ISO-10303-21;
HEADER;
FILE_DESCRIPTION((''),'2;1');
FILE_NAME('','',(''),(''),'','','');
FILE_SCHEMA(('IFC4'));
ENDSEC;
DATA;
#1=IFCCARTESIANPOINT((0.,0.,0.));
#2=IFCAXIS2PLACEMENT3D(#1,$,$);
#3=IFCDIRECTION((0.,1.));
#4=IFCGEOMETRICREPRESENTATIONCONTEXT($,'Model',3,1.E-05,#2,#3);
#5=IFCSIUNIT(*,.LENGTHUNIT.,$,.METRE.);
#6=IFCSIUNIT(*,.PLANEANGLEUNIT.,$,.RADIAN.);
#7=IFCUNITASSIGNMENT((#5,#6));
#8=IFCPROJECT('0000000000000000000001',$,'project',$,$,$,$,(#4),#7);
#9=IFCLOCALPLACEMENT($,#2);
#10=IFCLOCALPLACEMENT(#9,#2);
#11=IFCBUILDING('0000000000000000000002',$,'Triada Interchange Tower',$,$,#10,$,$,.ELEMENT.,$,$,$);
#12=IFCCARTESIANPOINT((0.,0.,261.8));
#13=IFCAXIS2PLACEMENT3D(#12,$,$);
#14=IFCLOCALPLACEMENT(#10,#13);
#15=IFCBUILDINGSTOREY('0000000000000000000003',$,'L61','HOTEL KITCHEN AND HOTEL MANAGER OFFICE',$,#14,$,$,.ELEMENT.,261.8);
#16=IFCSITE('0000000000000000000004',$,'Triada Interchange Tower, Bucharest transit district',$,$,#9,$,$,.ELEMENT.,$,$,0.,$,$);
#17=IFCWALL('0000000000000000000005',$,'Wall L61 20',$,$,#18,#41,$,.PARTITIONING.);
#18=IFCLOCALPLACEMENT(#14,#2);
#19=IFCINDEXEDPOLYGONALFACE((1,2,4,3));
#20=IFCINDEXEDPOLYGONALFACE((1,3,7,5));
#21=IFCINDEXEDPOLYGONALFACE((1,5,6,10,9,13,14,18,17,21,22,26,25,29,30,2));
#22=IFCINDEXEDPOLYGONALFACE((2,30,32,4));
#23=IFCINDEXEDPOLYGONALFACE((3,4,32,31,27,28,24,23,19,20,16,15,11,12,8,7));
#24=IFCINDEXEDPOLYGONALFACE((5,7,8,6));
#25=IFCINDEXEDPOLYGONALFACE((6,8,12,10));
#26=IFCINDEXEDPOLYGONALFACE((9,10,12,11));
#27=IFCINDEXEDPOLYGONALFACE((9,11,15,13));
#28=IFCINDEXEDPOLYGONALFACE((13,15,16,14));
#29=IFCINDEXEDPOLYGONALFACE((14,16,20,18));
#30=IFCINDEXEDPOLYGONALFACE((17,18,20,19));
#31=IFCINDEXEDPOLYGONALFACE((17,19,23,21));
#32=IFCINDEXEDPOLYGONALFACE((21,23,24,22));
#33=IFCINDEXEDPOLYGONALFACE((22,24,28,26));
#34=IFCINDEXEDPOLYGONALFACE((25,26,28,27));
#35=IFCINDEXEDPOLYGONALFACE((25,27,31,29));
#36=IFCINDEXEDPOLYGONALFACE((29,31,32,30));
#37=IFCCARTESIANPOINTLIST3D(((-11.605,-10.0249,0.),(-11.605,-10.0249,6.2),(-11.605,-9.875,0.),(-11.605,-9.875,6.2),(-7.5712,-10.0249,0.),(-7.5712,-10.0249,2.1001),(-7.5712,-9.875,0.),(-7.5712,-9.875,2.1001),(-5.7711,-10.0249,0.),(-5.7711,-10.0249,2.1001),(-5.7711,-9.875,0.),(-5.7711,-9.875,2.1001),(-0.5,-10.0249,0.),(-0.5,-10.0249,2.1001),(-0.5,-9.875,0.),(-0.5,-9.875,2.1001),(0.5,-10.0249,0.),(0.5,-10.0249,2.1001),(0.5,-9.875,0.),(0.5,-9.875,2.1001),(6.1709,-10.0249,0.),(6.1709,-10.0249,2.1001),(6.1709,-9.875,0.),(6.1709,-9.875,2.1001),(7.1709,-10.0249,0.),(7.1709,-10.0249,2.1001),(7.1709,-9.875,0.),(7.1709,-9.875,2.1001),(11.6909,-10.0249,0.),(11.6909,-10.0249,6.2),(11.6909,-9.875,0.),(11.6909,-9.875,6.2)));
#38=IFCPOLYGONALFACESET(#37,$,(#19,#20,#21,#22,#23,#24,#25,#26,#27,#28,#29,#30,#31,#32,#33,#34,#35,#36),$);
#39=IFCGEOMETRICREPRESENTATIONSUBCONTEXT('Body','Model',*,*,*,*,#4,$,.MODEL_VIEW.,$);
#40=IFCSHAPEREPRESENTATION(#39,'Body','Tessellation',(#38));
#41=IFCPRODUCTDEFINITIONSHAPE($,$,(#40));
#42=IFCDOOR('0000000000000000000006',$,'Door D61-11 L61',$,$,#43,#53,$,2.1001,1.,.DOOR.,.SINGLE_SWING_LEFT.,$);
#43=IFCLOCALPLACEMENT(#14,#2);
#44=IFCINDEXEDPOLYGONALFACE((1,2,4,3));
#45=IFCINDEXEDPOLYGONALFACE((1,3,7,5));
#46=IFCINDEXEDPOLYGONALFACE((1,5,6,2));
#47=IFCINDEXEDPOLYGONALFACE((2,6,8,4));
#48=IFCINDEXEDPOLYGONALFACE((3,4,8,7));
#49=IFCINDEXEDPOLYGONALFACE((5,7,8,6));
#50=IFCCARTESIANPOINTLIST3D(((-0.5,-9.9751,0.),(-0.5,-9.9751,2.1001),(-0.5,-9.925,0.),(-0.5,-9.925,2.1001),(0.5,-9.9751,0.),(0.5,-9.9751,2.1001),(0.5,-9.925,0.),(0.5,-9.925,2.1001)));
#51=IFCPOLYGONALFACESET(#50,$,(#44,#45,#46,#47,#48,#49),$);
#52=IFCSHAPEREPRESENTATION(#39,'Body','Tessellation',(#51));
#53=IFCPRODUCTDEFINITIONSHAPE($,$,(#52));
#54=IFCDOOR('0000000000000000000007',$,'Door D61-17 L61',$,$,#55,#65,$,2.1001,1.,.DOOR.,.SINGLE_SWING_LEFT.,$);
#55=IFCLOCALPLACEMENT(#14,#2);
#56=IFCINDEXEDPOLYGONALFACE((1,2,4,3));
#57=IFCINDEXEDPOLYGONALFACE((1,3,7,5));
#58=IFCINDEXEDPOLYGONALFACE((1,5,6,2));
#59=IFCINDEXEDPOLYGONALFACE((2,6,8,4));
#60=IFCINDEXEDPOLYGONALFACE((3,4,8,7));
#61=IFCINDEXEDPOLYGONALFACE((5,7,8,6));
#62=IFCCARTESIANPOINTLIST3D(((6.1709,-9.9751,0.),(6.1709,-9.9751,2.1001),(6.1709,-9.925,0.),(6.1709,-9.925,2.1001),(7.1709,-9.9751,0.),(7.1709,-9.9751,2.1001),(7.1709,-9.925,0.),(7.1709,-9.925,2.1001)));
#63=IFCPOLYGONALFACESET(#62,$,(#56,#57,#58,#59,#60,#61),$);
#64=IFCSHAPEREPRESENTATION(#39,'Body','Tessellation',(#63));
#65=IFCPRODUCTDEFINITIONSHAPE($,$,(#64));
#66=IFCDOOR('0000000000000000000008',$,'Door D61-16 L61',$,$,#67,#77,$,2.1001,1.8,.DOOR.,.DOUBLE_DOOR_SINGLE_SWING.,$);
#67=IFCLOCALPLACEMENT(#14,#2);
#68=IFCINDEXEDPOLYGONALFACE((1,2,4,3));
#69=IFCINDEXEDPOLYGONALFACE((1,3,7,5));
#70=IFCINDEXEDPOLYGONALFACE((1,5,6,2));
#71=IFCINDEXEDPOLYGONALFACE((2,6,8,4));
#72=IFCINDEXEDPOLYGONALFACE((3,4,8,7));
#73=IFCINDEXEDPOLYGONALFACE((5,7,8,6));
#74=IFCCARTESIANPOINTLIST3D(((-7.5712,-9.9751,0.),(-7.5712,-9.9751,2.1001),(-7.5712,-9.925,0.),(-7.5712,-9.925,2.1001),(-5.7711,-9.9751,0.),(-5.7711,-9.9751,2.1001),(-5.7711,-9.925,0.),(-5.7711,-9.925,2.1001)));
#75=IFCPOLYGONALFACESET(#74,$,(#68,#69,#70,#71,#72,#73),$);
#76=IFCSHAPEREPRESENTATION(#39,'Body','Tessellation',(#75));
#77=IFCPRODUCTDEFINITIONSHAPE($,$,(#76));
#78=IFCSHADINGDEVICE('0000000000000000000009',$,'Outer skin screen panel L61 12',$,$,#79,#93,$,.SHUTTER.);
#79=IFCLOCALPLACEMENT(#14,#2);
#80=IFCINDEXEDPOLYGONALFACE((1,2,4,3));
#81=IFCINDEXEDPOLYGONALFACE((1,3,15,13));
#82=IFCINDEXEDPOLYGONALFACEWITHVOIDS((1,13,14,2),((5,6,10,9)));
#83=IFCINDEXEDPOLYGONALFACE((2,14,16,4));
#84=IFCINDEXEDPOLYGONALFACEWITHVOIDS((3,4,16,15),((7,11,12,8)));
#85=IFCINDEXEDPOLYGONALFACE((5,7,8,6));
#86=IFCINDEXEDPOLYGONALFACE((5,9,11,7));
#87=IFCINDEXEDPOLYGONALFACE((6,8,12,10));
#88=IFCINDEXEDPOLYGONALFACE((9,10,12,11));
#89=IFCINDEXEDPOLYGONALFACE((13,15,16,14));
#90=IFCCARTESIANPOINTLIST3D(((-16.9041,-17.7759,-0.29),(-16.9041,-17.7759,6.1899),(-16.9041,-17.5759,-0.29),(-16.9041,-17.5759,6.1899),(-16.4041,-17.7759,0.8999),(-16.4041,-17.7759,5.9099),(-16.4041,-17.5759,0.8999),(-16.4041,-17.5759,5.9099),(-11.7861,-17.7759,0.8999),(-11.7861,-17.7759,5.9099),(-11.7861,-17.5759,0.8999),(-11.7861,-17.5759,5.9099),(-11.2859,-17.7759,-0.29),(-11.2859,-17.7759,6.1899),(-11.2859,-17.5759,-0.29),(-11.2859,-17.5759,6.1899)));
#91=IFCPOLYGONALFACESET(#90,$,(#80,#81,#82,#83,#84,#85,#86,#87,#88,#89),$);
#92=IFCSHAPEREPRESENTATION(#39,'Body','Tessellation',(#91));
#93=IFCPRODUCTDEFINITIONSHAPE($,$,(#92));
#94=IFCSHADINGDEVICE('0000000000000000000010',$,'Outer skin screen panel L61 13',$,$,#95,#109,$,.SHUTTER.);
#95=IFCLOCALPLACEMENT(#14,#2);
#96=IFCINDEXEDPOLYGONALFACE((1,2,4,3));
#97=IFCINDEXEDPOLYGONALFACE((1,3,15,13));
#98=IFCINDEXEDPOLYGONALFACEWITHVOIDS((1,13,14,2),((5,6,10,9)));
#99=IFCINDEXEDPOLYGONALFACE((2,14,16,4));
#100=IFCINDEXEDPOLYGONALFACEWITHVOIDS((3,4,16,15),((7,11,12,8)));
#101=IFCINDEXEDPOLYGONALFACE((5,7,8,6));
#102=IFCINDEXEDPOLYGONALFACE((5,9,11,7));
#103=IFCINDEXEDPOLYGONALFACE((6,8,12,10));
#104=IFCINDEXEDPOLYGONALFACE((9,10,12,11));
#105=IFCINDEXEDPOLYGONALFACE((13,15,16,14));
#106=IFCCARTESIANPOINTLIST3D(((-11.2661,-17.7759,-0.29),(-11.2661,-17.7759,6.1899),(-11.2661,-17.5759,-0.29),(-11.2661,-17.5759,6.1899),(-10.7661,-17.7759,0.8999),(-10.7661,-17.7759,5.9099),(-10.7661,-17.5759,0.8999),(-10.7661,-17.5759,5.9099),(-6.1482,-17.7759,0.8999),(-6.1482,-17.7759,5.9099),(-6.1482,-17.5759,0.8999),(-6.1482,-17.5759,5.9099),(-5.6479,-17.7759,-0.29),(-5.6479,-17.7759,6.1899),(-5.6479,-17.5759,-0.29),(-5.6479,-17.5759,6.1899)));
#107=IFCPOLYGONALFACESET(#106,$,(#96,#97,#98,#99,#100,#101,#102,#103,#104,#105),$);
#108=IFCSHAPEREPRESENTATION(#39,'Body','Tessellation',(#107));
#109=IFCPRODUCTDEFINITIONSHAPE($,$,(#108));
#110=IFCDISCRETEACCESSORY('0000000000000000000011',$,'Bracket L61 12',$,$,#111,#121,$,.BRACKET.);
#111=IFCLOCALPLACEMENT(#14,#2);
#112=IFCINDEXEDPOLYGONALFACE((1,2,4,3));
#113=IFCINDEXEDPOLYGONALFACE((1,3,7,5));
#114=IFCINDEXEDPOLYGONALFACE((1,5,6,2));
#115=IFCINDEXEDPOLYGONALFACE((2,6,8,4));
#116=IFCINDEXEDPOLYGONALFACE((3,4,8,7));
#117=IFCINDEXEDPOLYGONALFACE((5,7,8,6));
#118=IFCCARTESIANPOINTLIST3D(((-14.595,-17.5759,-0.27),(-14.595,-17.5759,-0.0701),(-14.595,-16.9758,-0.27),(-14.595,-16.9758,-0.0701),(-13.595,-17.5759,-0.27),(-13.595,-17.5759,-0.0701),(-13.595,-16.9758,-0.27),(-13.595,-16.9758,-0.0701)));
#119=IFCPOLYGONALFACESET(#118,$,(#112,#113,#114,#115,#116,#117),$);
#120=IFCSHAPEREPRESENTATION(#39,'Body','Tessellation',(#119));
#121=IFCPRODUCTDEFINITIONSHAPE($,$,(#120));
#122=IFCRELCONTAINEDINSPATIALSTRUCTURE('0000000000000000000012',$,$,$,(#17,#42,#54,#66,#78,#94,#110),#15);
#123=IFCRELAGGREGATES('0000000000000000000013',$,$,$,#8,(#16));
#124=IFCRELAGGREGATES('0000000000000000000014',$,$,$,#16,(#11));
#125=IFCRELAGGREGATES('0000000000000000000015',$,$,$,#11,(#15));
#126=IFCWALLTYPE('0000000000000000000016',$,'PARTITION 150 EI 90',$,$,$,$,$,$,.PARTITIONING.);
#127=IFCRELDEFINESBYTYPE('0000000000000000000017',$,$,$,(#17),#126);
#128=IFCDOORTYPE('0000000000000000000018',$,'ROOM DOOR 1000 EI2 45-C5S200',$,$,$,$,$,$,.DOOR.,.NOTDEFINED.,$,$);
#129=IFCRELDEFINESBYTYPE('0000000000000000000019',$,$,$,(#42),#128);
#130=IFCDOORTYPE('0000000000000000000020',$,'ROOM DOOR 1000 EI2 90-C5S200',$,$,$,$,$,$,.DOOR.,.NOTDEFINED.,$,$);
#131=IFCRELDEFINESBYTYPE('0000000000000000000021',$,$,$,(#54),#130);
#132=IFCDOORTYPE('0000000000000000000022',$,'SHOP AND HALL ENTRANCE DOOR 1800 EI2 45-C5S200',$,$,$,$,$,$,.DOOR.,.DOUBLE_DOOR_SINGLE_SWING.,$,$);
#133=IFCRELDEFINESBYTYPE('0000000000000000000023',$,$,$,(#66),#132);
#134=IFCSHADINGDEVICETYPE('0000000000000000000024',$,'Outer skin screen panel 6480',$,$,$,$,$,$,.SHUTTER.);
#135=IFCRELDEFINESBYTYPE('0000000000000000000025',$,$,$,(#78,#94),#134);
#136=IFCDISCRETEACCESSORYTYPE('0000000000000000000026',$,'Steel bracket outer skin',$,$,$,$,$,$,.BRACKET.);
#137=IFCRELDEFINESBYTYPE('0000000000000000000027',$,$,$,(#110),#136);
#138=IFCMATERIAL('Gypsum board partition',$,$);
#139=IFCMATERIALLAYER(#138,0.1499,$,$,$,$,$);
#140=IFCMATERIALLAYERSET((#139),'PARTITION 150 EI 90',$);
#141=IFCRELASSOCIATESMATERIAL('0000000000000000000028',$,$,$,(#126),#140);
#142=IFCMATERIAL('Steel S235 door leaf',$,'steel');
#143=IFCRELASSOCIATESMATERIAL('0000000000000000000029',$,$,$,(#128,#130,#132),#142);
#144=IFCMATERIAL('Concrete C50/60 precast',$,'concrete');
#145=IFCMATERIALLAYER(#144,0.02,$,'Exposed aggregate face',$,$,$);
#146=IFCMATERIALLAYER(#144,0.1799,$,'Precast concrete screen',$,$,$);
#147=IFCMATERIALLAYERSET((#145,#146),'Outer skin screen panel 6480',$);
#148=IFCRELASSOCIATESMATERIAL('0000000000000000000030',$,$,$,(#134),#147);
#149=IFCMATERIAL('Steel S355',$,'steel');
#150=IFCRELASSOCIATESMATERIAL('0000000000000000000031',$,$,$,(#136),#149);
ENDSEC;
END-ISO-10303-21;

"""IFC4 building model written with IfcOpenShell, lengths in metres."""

from ifc_helpers import new_model, si_unit, direction, frame, frame_2d, origin, origin_2d, place, context, subcontext, project, spatial, polyline, rectangle, outline, extrude, material, layer, layer_set, type_object, element, fill, save


model = new_model("IFC4")

# Units and contexts
model_context = context("Model", 3, precision=1e-05, world=origin(), true_north=direction((0.0, 1.0)))
body_context = subcontext(model_context, "Body", "Model", "MODEL_VIEW")
ifc_project = project(units=[si_unit("LENGTHUNIT", "METRE"), si_unit("PLANEANGLEUNIT", "RADIAN")], contexts=[model_context])

# Site, building, storey
site_placement = place(None, origin())
site = spatial("IfcSite", under=ifc_project, at=site_placement, Name="Triada Interchange Tower, Bucharest transit district", CompositionType="ELEMENT", RefElevation=0.0)
building_placement = place(site_placement, origin())
building = spatial("IfcBuilding", under=site, at=building_placement, Name="Triada Interchange Tower", CompositionType="ELEMENT")
storey_placement = place(building_placement, frame((0.0, 0.0, 261.8)))
storey = spatial("IfcBuildingStorey", under=building, at=storey_placement, Name="L61", Description="HOTEL KITCHEN AND HOTEL MANAGER OFFICE", CompositionType="ELEMENT", Elevation=261.8)

# Wall, openings, doors
ifc_material_1 = material(Name="Gypsum board partition")
ifc_layer_1 = layer(ifc_material_1, 0.1499)
ifc_layer_set_1 = layer_set([ifc_layer_1], Name="PARTITION 150 EI 90")
wall_type = type_object("IfcWallType", Name="PARTITION 150 EI 90", PredefinedType="PARTITIONING", material=ifc_layer_set_1)
wall_placement = place(storey_placement, frame((-11.605, -9.95, 0.0), z_axis=(0.0, 0.0, 1.0), x_axis=(1.0, 0.0, 0.0)))
wall = element("IfcWall", 1, at=wall_placement, inside=storey, type_object=wall_type, Name="Wall L61 20", PredefinedType="PARTITIONING", context=body_context, shape_type="SweptSolid", body=[
    extrude(rectangle(XDim=23.2959, YDim=0.1499, at=frame_2d((11.6479, 0.0))), origin(), (0.0, 0.0, 1.0), 6.2),
])
opening_1_placement = place(wall_placement, frame((11.105, 0.0, 0.0)))
opening_1 = element("IfcOpeningElement", 2, at=opening_1_placement, cuts=wall, PredefinedType="OPENING", context=body_context, shape_type="SweptSolid", body=[
    extrude(rectangle(XDim=1.0, YDim=2.1001, at=frame_2d((0.5, 1.05))), frame((0.0, 0.085, 0.0), z_axis=(0.0, -1.0, 0.0), x_axis=(1.0, 0.0, 0.0)), (0.0, 0.0, 1.0), 0.1699),
])
opening_2_placement = place(wall_placement, frame((4.0339, 0.0, 0.0)))
opening_2 = element("IfcOpeningElement", 3, at=opening_2_placement, cuts=wall, PredefinedType="OPENING", context=body_context, shape_type="SweptSolid", body=[
    extrude(rectangle(XDim=1.8, YDim=2.1001, at=frame_2d((0.8999, 1.05))), frame((0.0, 0.085, 0.0), z_axis=(0.0, -1.0, 0.0), x_axis=(1.0, 0.0, 0.0)), (0.0, 0.0, 1.0), 0.1699),
])
opening_3_placement = place(wall_placement, frame((17.7759, 0.0, 0.0)))
opening_3 = element("IfcOpeningElement", 4, at=opening_3_placement, cuts=wall, PredefinedType="OPENING", context=body_context, shape_type="SweptSolid", body=[
    extrude(rectangle(XDim=1.0, YDim=2.1001, at=frame_2d((0.5, 1.05))), frame((0.0, 0.085, 0.0), z_axis=(0.0, -1.0, 0.0), x_axis=(1.0, 0.0, 0.0)), (0.0, 0.0, 1.0), 0.1699),
])
ifc_material_2 = material(Name="Steel S235 door leaf", Category="steel")
door_type_1 = type_object("IfcDoorType", Name="ROOM DOOR 1000 EI2 45-C5S200", OperationType="NOTDEFINED", PredefinedType="DOOR", material=ifc_material_2)
door_1_placement = place(opening_1_placement, origin())
door_1 = element("IfcDoor", 5, at=door_1_placement, inside=storey, type_object=door_type_1, Name="Door D61-11 L61", OperationType="SINGLE_SWING_LEFT", OverallHeight=2.1001, OverallWidth=1.0, PredefinedType="DOOR", context=body_context, shape_type="SweptSolid", body=[
    extrude(rectangle(XDim=1.0, YDim=2.1001, at=frame_2d((0.5, 1.05))), frame((0.0, 0.0249, 0.0), z_axis=(0.0, -1.0, 0.0), x_axis=(1.0, 0.0, 0.0)), (0.0, 0.0, 1.0), 0.05),
])
fill(opening_1, door_1)
door_type_2 = type_object("IfcDoorType", Name="ROOM DOOR 1000 EI2 90-C5S200", OperationType="NOTDEFINED", PredefinedType="DOOR", material=ifc_material_2)
door_2_placement = place(opening_3_placement, origin())
door_2 = element("IfcDoor", 6, at=door_2_placement, inside=storey, type_object=door_type_2, Name="Door D61-17 L61", OperationType="SINGLE_SWING_LEFT", OverallHeight=2.1001, OverallWidth=1.0, PredefinedType="DOOR", context=body_context, shape_type="SweptSolid", body=[
    extrude(rectangle(XDim=1.0, YDim=2.1001, at=frame_2d((0.5, 1.05))), frame((0.0, 0.0249, 0.0), z_axis=(0.0, -1.0, 0.0), x_axis=(1.0, 0.0, 0.0)), (0.0, 0.0, 1.0), 0.05),
])
fill(opening_3, door_2)
door_type_3 = type_object("IfcDoorType", Name="SHOP AND HALL ENTRANCE DOOR 1800 EI2 45-C5S200", OperationType="DOUBLE_DOOR_SINGLE_SWING", PredefinedType="DOOR", material=ifc_material_2)
door_3_placement = place(opening_2_placement, origin())
door_3 = element("IfcDoor", 7, at=door_3_placement, inside=storey, type_object=door_type_3, Name="Door D61-16 L61", OperationType="DOUBLE_DOOR_SINGLE_SWING", OverallHeight=2.1001, OverallWidth=1.8, PredefinedType="DOOR", context=body_context, shape_type="SweptSolid", body=[
    extrude(rectangle(XDim=1.8, YDim=2.1001, at=frame_2d((0.8999, 1.05))), frame((0.0, 0.0249, 0.0), z_axis=(0.0, -1.0, 0.0), x_axis=(1.0, 0.0, 0.0)), (0.0, 0.0, 1.0), 0.05),
])
fill(opening_2, door_3)

# Shading devices
ifc_material_3 = material(Name="Concrete C50/60 precast", Category="concrete")
ifc_layer_2 = layer(ifc_material_3, 0.02, Name="Exposed aggregate face")
ifc_layer_3 = layer(ifc_material_3, 0.1799, Name="Precast concrete screen")
ifc_layer_set_2 = layer_set([ifc_layer_2, ifc_layer_3], Name="Outer skin screen panel 6480")
shading_device_type = type_object("IfcShadingDeviceType", Name="Outer skin screen panel 6480", PredefinedType="SHUTTER", material=ifc_layer_set_2)
for number, where, z_axis, x_axis, name in (
    (8, (-16.9041, -17.5759, -0.29), (0.0, 0.0, 1.0), (1.0, 0.0, 0.0), "Outer skin screen panel L61 12"),
    (9, (-11.2661, -17.5759, -0.29), (0.0, 0.0, 1.0), (1.0, 0.0, 0.0), "Outer skin screen panel L61 13"),
):
    element("IfcShadingDevice", number, at=place(storey_placement, frame(where, z_axis=z_axis, x_axis=x_axis)), inside=storey, type_object=shading_device_type, Name=name, PredefinedType="SHUTTER", context=body_context, shape_type="SweptSolid", body=[
        extrude(outline(polyline([(0.0, 0.0), (5.6182, 0.0), (5.6182, 6.48), (0.0, 6.48), (0.0, 0.0)]), holes=[polyline([(0.5, 1.1899), (0.5, 6.2), (5.1179, 6.2), (5.1179, 1.1899), (0.5, 1.1899)])]), frame((0.0, 0.0, 0.0), z_axis=(0.0, -1.0, 0.0), x_axis=(1.0, 0.0, 0.0)), (0.0, 0.0, 1.0), 0.2),
    ])

# Discrete accessory
ifc_material_4 = material(Name="Steel S355", Category="steel")
discrete_accessory_type = type_object("IfcDiscreteAccessoryType", Name="Steel bracket outer skin", PredefinedType="BRACKET", material=ifc_material_4)
discrete_accessory_placement = place(storey_placement, frame((-14.095, -17.2759, -0.27), z_axis=(0.0, 0.0, 1.0), x_axis=(0.0, -1.0, 0.0)))
element("IfcDiscreteAccessory", 10, at=discrete_accessory_placement, inside=storey, type_object=discrete_accessory_type, Name="Bracket L61 12", PredefinedType="BRACKET", context=body_context, shape_type="SweptSolid", body=[
    extrude(rectangle(XDim=0.6001, YDim=1.0, at=origin_2d()), origin(), (0.0, 0.0, 1.0), 0.2),
])

save(model, "model.ifc")
